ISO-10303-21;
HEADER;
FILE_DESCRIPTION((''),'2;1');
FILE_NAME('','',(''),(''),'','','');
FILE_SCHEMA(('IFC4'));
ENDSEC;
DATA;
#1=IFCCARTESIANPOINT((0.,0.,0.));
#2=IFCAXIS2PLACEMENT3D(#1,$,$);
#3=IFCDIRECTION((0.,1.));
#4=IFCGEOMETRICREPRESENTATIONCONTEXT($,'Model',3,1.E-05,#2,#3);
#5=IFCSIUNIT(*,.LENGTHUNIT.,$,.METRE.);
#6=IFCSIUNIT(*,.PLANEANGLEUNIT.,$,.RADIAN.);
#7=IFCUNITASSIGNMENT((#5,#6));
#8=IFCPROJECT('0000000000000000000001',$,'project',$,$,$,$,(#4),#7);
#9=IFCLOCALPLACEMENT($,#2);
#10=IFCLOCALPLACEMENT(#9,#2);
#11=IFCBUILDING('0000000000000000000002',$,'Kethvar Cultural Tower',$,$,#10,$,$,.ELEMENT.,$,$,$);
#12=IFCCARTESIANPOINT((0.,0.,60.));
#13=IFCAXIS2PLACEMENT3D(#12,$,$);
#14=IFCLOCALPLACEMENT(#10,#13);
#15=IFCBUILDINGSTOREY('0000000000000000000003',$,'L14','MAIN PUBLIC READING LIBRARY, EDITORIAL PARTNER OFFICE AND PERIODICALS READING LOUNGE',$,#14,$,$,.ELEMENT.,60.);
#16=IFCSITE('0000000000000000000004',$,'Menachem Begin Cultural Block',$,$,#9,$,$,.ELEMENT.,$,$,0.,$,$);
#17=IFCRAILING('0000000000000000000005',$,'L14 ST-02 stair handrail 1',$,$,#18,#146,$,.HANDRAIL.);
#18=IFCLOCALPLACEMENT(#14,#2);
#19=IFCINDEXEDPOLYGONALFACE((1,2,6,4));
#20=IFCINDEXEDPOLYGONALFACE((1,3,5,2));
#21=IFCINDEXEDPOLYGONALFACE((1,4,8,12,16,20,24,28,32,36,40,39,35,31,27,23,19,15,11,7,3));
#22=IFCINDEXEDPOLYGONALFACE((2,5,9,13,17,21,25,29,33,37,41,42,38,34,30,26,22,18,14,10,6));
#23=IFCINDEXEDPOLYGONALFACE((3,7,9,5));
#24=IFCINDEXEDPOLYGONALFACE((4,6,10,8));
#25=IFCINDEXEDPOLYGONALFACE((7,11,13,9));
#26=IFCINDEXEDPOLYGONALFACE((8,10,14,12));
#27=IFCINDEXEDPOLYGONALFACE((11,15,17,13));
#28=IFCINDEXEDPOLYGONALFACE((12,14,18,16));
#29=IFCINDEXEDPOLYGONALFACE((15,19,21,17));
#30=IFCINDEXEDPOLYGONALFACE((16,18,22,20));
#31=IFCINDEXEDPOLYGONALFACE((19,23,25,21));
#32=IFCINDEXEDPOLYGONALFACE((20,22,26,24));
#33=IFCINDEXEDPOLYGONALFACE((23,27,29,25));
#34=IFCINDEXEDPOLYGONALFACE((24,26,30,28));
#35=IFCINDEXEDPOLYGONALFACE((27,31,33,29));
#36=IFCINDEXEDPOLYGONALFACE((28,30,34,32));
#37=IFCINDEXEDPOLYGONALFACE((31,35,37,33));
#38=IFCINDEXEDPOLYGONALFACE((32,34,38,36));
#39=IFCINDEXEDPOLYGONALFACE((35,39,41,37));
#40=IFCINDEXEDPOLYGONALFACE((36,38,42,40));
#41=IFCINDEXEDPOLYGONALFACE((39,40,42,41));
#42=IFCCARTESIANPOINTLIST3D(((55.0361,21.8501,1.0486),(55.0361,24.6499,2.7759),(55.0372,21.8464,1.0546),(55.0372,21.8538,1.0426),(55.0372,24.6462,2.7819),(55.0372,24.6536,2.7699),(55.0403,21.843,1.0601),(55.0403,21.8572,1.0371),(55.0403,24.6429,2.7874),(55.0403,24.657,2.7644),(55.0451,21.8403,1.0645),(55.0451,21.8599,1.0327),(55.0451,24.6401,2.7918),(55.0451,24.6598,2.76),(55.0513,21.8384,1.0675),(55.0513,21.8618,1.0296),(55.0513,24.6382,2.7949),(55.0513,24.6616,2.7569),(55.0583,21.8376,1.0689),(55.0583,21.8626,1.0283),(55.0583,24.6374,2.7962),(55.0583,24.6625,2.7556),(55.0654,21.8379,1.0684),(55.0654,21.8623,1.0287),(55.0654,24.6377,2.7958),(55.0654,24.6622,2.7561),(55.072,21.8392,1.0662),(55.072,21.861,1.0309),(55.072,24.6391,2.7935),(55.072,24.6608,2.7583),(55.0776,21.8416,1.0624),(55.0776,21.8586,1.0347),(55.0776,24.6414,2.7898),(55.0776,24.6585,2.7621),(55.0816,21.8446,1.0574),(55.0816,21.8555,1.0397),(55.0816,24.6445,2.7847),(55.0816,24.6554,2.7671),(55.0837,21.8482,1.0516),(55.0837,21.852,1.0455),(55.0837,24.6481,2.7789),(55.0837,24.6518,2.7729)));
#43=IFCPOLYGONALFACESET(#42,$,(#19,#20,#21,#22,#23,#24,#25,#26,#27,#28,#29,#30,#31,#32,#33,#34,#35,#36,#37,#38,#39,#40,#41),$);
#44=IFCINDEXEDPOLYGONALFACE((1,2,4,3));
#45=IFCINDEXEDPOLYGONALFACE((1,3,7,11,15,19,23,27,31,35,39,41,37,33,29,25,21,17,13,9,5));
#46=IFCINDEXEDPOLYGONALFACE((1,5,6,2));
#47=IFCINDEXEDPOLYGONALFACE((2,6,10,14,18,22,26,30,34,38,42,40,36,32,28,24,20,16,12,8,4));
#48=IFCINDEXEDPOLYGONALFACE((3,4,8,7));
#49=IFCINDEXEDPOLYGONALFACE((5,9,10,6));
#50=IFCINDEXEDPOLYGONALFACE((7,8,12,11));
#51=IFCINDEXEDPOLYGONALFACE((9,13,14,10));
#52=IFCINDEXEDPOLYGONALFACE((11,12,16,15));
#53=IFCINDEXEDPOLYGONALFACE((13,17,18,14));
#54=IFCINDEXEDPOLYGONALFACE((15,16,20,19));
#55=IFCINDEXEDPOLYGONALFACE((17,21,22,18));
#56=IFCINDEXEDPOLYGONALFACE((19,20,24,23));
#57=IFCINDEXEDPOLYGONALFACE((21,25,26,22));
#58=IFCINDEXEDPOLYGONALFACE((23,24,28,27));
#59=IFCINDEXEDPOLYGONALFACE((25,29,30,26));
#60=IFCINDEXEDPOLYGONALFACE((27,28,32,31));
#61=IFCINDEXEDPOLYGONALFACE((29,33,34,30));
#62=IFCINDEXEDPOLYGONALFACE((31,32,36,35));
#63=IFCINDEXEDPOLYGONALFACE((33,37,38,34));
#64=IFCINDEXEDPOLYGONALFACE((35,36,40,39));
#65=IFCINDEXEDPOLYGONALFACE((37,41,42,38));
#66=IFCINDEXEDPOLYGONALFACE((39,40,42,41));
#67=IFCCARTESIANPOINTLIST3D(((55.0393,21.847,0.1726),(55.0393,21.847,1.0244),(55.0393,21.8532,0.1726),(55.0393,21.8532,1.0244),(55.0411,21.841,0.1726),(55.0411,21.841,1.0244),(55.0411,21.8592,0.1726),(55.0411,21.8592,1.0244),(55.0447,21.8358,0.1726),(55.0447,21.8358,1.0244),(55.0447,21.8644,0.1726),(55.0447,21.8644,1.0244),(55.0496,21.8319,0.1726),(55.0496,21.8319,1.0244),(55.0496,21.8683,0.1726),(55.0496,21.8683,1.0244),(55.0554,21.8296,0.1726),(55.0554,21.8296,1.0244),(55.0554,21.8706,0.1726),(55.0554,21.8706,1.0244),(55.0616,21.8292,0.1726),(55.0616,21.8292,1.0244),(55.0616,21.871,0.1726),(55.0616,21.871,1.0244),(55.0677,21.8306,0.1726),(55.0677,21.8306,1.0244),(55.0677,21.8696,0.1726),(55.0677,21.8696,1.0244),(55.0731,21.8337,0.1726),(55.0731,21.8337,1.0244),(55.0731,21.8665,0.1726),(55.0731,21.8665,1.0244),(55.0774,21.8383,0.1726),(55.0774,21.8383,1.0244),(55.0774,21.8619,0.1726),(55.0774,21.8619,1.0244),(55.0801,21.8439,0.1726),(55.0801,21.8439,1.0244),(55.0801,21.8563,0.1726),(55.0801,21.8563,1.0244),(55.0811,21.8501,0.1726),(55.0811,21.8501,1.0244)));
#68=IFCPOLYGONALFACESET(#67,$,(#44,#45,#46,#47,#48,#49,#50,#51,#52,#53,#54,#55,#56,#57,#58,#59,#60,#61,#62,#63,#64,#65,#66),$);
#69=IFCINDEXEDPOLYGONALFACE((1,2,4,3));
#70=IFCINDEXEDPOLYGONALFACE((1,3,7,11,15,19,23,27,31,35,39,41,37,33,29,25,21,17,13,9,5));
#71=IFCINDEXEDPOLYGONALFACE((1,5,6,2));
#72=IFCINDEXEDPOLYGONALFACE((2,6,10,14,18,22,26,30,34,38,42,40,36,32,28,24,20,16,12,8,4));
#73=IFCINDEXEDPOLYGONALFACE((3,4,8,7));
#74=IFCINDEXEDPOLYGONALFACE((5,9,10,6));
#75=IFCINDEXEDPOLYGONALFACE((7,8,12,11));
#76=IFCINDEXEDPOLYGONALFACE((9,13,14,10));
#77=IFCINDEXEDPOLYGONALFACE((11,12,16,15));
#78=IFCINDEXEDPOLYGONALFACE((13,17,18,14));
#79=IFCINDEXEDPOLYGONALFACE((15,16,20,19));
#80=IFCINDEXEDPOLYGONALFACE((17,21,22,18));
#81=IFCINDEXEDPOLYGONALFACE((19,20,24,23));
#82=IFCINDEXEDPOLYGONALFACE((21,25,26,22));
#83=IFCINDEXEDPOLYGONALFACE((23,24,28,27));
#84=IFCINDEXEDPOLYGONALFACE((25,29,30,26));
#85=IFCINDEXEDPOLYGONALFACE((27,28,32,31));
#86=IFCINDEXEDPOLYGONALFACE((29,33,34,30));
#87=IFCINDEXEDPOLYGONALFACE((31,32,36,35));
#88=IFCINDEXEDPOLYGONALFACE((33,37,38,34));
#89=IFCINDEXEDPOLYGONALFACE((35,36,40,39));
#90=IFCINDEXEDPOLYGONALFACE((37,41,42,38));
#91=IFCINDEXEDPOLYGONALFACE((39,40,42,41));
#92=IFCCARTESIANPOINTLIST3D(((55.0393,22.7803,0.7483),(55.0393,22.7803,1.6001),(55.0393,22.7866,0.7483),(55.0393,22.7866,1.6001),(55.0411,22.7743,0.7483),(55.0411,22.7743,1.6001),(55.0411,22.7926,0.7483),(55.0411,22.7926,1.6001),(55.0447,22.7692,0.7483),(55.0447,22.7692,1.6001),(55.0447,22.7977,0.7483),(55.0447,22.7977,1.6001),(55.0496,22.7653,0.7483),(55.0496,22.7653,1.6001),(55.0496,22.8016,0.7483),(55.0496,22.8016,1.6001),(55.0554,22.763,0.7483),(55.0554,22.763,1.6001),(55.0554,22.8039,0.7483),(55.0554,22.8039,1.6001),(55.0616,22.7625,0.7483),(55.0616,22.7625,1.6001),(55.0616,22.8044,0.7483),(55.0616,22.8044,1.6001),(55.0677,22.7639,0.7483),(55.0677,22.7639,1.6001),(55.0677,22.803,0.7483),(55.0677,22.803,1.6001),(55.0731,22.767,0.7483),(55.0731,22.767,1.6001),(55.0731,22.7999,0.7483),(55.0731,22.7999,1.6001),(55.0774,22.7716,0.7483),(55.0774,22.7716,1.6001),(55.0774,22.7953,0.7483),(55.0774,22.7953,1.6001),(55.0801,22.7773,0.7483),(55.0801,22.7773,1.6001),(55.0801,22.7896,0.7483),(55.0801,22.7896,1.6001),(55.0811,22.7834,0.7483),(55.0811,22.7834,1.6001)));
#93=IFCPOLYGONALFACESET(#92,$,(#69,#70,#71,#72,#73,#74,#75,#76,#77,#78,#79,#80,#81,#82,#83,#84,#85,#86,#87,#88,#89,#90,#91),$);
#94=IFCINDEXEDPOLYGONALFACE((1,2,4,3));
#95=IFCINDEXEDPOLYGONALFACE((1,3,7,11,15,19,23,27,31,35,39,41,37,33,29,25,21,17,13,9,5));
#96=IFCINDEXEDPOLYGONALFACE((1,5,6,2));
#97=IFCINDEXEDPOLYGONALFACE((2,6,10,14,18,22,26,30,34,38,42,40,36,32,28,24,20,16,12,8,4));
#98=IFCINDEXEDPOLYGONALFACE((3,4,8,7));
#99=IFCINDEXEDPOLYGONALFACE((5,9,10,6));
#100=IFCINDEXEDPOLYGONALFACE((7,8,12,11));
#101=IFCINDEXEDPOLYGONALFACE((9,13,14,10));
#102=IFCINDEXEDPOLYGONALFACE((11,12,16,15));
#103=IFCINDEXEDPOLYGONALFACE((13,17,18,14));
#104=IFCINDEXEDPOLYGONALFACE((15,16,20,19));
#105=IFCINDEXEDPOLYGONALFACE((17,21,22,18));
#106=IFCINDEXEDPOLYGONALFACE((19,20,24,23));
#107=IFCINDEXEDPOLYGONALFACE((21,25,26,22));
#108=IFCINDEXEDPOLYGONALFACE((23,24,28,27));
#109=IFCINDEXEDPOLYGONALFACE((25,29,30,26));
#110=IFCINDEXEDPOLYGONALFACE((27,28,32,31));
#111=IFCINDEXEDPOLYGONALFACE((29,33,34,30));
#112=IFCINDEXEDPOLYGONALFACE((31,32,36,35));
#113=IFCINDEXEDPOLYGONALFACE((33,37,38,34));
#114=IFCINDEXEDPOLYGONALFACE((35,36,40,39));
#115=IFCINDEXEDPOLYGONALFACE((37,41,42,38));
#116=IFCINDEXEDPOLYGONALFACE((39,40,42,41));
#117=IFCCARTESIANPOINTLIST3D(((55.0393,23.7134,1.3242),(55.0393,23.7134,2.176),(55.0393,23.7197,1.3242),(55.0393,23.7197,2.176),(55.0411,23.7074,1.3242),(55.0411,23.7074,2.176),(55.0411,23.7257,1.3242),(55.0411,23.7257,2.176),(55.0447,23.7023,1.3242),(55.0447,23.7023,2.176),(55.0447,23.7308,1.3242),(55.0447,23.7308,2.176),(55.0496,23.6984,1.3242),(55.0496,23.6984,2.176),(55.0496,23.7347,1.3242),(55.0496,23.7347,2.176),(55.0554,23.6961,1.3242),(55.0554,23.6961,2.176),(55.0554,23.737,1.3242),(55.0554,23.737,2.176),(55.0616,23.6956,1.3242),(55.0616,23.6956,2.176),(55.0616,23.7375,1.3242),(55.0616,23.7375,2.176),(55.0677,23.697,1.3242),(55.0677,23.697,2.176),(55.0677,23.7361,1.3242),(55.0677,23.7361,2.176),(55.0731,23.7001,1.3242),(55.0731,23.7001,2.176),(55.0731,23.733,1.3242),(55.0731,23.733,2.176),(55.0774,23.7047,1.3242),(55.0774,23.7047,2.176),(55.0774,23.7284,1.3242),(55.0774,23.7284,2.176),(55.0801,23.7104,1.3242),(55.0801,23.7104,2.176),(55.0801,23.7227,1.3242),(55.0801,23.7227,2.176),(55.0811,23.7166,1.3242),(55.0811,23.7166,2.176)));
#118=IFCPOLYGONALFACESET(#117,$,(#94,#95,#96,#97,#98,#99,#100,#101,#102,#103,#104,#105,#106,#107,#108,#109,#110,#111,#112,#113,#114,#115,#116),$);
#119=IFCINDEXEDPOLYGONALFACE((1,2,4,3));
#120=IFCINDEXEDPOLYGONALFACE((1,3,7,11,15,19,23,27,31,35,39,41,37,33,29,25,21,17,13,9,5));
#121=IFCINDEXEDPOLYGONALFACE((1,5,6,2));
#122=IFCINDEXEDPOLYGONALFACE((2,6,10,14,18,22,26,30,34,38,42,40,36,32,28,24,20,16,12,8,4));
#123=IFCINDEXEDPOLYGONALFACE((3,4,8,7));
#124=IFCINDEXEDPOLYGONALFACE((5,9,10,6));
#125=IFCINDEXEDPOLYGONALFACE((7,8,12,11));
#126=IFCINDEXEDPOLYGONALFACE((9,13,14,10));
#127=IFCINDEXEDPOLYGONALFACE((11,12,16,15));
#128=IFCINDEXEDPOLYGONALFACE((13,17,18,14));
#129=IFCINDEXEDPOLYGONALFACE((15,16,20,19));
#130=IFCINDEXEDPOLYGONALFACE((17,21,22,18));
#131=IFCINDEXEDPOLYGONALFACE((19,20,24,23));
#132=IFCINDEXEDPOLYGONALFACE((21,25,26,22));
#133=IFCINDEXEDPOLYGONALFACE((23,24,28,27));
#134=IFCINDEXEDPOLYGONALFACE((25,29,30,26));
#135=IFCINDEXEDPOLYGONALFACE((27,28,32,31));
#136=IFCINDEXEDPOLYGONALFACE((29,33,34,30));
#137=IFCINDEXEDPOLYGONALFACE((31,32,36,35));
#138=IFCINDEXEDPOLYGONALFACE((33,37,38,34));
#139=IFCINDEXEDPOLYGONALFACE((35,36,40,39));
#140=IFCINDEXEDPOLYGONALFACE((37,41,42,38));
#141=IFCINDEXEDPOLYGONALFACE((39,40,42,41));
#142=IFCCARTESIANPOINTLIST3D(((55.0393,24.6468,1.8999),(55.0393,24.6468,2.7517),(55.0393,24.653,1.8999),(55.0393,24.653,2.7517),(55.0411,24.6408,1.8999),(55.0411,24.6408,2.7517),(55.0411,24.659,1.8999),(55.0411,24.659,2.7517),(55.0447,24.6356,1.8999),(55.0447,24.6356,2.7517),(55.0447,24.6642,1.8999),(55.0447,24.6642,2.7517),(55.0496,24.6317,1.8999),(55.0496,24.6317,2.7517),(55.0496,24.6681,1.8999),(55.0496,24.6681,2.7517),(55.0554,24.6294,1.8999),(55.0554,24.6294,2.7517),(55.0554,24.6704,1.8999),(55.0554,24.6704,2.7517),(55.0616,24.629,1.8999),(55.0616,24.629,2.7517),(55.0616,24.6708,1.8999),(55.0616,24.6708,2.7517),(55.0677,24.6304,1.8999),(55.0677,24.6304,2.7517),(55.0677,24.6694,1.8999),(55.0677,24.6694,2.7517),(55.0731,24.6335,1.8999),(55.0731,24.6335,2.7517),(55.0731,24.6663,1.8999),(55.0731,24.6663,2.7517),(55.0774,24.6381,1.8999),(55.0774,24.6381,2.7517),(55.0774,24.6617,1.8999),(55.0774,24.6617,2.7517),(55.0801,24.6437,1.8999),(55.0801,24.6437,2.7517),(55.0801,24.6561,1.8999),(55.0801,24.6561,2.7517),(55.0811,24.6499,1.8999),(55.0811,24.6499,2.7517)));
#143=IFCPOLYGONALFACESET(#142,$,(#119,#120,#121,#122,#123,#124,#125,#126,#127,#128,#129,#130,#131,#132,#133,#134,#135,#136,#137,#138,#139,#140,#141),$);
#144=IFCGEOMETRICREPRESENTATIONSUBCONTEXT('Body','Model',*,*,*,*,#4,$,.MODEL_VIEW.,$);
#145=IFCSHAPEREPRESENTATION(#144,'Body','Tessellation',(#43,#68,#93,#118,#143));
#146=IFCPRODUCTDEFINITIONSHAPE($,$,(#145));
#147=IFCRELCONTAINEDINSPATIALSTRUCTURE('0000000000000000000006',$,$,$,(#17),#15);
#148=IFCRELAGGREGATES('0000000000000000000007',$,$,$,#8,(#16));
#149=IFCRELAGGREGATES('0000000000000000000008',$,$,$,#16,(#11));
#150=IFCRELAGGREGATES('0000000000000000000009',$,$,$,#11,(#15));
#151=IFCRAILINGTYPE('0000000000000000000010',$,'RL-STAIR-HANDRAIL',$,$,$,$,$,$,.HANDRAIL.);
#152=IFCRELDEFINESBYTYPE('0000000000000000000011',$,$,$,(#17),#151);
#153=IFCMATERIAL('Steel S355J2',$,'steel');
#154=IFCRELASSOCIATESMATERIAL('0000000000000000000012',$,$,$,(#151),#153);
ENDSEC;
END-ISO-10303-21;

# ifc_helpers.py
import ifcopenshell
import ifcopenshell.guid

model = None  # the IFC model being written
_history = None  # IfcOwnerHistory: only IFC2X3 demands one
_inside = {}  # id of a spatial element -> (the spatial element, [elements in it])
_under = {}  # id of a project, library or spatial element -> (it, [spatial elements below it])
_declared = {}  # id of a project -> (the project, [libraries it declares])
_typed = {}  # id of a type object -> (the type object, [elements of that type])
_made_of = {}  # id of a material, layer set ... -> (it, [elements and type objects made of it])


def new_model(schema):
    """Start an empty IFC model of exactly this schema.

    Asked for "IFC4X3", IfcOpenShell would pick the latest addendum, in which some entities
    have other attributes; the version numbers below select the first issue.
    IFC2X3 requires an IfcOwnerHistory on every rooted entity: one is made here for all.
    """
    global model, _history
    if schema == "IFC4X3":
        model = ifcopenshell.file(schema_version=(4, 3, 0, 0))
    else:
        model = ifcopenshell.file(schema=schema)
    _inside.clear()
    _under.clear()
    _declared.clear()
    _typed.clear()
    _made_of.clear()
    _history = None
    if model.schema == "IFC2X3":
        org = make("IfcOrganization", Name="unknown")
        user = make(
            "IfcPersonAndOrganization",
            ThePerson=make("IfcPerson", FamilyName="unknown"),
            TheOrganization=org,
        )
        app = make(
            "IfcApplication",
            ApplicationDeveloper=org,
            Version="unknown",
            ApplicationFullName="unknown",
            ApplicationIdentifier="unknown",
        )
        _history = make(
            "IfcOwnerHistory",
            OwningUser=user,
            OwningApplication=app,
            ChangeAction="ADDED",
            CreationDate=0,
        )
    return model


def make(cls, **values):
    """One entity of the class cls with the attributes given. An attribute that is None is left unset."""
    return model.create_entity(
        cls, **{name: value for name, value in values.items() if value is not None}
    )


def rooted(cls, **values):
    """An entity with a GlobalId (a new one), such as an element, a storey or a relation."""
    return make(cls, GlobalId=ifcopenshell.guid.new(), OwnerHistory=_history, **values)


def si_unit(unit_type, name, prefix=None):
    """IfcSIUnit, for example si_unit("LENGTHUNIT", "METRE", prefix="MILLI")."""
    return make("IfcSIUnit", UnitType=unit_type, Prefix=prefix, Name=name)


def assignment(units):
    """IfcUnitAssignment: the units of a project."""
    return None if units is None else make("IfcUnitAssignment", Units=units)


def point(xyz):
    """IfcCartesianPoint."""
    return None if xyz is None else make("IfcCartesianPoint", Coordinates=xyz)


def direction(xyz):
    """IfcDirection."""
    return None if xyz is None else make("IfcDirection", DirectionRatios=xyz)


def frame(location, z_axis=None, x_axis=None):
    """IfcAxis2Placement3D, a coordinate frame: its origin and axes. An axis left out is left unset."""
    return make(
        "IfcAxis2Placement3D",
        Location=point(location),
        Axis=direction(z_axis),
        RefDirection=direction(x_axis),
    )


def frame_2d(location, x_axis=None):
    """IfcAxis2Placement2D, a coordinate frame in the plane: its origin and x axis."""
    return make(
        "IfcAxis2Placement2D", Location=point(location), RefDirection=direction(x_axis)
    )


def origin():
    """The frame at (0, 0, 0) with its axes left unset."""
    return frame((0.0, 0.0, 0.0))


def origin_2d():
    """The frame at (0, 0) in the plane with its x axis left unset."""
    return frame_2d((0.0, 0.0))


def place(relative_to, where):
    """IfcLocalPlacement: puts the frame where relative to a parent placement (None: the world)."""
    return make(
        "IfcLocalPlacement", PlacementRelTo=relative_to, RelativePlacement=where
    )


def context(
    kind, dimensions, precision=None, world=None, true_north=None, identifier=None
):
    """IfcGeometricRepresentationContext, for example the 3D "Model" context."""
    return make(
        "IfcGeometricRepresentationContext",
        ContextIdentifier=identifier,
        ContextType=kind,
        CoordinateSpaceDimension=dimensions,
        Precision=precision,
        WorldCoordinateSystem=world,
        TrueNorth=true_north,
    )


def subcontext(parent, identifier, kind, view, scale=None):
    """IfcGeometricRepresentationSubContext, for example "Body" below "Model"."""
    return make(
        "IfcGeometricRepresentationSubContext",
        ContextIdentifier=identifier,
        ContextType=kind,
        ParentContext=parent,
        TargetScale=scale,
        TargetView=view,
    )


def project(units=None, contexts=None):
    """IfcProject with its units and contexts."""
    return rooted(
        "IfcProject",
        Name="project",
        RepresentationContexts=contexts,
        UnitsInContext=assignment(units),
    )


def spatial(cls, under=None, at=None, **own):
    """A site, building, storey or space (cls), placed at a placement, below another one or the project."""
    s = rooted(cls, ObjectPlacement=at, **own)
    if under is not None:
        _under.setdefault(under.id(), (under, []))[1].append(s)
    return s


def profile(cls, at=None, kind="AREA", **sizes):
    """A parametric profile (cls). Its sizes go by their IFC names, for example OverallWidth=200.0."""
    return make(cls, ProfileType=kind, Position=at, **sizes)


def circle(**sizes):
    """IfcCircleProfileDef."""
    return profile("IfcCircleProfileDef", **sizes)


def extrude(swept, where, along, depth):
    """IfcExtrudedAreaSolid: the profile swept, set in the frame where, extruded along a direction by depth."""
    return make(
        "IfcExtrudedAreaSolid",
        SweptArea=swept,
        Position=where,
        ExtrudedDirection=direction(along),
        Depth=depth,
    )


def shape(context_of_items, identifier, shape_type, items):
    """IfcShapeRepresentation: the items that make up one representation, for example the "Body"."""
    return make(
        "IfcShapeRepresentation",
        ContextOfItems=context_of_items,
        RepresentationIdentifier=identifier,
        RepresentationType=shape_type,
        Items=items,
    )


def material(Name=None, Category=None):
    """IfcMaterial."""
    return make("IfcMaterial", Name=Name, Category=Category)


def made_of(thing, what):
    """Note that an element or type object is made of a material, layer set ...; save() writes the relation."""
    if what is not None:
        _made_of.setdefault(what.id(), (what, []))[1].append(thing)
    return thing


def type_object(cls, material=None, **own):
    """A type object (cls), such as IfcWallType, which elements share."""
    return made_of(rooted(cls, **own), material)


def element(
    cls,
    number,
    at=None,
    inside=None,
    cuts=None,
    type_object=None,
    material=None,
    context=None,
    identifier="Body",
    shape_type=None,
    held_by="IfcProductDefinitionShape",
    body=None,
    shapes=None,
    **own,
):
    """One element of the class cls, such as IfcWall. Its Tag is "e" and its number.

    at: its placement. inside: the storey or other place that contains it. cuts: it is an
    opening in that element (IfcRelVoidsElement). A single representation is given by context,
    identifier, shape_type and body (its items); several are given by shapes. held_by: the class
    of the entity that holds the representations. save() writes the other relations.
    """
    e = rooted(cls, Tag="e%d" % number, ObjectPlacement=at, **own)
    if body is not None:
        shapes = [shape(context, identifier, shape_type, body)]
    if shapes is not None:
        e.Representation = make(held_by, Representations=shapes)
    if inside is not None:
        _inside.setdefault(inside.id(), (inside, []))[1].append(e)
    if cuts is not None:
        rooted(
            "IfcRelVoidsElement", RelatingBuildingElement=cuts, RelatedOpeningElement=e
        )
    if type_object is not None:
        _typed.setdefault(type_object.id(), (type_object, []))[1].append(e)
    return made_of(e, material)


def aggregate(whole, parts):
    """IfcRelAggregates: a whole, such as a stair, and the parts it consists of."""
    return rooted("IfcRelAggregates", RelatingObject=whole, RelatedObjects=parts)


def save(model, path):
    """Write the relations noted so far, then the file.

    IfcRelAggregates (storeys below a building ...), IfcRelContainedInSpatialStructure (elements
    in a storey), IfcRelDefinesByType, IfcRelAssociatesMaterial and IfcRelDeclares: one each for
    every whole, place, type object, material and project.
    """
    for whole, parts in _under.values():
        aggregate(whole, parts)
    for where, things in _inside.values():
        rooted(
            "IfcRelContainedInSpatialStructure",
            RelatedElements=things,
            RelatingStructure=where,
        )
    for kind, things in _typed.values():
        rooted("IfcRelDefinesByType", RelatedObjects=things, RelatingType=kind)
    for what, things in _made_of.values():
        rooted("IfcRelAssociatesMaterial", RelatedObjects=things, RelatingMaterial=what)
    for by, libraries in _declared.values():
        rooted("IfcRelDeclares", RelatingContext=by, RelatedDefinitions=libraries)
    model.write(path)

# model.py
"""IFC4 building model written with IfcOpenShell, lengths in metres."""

from ifc_helpers import new_model, si_unit, direction, frame, origin, origin_2d, place, context, subcontext, project, spatial, circle, extrude, material, type_object, element, save


model = new_model("IFC4")

# Units and contexts
model_context = context("Model", 3, precision=1e-05, world=origin(), true_north=direction((0.0, 1.0)))
body_context = subcontext(model_context, "Body", "Model", "MODEL_VIEW")
ifc_project = project(units=[si_unit("LENGTHUNIT", "METRE"), si_unit("PLANEANGLEUNIT", "RADIAN")], contexts=[model_context])

# Site, building, storey
site_placement = place(None, origin())
site = spatial("IfcSite", under=ifc_project, at=site_placement, Name="Menachem Begin Cultural Block", CompositionType="ELEMENT", RefElevation=0.0)
building_placement = place(site_placement, origin())
building = spatial("IfcBuilding", under=site, at=building_placement, Name="Kethvar Cultural Tower", CompositionType="ELEMENT")
storey_placement = place(building_placement, frame((0.0, 0.0, 60.0)))
storey = spatial("IfcBuildingStorey", under=building, at=storey_placement, Name="L14", Description="MAIN PUBLIC READING LIBRARY, EDITORIAL PARTNER OFFICE AND PERIODICALS READING LOUNGE", CompositionType="ELEMENT", Elevation=60.0)

# Shared definitions
ifc_material_1 = material(Name="Steel S355J2", Category="steel")

# Railing
railing_type_1 = type_object("IfcRailingType", Name="RL-STAIR-HANDRAIL", PredefinedType="HANDRAIL", material=ifc_material_1)
railing_1_placement = place(storey_placement, frame((55.0601, 21.8501, 0.1726)))
element("IfcRailing", 1, at=railing_1_placement, inside=storey, type_object=railing_type_1, Name="L14 ST-02 stair handrail 1", PredefinedType="HANDRAIL", context=body_context, shape_type="SweptSolid", body=[
    extrude(circle(Radius=0.0239, at=origin_2d()), frame((0.0, 0.0, 0.876), z_axis=(0.0, 0.851069, 0.525054), x_axis=(-1.0, 0.0, 0.0)), (0.0, 0.0, 1.0), 3.2898),
    extrude(circle(Radius=0.021, at=origin_2d()), origin(), (0.0, 0.0, 1.0), 0.8518),
    extrude(circle(Radius=0.021, at=origin_2d()), frame((0.0, 0.9333, 0.5757)), (0.0, 0.0, 1.0), 0.8518),
    extrude(circle(Radius=0.021, at=origin_2d()), frame((0.0, 1.8665, 1.1516)), (0.0, 0.0, 1.0), 0.8518),
    extrude(circle(Radius=0.021, at=origin_2d()), frame((0.0, 2.7998, 1.7273)), (0.0, 0.0, 1.0), 0.8518),
])

save(model, "model.ifc")
